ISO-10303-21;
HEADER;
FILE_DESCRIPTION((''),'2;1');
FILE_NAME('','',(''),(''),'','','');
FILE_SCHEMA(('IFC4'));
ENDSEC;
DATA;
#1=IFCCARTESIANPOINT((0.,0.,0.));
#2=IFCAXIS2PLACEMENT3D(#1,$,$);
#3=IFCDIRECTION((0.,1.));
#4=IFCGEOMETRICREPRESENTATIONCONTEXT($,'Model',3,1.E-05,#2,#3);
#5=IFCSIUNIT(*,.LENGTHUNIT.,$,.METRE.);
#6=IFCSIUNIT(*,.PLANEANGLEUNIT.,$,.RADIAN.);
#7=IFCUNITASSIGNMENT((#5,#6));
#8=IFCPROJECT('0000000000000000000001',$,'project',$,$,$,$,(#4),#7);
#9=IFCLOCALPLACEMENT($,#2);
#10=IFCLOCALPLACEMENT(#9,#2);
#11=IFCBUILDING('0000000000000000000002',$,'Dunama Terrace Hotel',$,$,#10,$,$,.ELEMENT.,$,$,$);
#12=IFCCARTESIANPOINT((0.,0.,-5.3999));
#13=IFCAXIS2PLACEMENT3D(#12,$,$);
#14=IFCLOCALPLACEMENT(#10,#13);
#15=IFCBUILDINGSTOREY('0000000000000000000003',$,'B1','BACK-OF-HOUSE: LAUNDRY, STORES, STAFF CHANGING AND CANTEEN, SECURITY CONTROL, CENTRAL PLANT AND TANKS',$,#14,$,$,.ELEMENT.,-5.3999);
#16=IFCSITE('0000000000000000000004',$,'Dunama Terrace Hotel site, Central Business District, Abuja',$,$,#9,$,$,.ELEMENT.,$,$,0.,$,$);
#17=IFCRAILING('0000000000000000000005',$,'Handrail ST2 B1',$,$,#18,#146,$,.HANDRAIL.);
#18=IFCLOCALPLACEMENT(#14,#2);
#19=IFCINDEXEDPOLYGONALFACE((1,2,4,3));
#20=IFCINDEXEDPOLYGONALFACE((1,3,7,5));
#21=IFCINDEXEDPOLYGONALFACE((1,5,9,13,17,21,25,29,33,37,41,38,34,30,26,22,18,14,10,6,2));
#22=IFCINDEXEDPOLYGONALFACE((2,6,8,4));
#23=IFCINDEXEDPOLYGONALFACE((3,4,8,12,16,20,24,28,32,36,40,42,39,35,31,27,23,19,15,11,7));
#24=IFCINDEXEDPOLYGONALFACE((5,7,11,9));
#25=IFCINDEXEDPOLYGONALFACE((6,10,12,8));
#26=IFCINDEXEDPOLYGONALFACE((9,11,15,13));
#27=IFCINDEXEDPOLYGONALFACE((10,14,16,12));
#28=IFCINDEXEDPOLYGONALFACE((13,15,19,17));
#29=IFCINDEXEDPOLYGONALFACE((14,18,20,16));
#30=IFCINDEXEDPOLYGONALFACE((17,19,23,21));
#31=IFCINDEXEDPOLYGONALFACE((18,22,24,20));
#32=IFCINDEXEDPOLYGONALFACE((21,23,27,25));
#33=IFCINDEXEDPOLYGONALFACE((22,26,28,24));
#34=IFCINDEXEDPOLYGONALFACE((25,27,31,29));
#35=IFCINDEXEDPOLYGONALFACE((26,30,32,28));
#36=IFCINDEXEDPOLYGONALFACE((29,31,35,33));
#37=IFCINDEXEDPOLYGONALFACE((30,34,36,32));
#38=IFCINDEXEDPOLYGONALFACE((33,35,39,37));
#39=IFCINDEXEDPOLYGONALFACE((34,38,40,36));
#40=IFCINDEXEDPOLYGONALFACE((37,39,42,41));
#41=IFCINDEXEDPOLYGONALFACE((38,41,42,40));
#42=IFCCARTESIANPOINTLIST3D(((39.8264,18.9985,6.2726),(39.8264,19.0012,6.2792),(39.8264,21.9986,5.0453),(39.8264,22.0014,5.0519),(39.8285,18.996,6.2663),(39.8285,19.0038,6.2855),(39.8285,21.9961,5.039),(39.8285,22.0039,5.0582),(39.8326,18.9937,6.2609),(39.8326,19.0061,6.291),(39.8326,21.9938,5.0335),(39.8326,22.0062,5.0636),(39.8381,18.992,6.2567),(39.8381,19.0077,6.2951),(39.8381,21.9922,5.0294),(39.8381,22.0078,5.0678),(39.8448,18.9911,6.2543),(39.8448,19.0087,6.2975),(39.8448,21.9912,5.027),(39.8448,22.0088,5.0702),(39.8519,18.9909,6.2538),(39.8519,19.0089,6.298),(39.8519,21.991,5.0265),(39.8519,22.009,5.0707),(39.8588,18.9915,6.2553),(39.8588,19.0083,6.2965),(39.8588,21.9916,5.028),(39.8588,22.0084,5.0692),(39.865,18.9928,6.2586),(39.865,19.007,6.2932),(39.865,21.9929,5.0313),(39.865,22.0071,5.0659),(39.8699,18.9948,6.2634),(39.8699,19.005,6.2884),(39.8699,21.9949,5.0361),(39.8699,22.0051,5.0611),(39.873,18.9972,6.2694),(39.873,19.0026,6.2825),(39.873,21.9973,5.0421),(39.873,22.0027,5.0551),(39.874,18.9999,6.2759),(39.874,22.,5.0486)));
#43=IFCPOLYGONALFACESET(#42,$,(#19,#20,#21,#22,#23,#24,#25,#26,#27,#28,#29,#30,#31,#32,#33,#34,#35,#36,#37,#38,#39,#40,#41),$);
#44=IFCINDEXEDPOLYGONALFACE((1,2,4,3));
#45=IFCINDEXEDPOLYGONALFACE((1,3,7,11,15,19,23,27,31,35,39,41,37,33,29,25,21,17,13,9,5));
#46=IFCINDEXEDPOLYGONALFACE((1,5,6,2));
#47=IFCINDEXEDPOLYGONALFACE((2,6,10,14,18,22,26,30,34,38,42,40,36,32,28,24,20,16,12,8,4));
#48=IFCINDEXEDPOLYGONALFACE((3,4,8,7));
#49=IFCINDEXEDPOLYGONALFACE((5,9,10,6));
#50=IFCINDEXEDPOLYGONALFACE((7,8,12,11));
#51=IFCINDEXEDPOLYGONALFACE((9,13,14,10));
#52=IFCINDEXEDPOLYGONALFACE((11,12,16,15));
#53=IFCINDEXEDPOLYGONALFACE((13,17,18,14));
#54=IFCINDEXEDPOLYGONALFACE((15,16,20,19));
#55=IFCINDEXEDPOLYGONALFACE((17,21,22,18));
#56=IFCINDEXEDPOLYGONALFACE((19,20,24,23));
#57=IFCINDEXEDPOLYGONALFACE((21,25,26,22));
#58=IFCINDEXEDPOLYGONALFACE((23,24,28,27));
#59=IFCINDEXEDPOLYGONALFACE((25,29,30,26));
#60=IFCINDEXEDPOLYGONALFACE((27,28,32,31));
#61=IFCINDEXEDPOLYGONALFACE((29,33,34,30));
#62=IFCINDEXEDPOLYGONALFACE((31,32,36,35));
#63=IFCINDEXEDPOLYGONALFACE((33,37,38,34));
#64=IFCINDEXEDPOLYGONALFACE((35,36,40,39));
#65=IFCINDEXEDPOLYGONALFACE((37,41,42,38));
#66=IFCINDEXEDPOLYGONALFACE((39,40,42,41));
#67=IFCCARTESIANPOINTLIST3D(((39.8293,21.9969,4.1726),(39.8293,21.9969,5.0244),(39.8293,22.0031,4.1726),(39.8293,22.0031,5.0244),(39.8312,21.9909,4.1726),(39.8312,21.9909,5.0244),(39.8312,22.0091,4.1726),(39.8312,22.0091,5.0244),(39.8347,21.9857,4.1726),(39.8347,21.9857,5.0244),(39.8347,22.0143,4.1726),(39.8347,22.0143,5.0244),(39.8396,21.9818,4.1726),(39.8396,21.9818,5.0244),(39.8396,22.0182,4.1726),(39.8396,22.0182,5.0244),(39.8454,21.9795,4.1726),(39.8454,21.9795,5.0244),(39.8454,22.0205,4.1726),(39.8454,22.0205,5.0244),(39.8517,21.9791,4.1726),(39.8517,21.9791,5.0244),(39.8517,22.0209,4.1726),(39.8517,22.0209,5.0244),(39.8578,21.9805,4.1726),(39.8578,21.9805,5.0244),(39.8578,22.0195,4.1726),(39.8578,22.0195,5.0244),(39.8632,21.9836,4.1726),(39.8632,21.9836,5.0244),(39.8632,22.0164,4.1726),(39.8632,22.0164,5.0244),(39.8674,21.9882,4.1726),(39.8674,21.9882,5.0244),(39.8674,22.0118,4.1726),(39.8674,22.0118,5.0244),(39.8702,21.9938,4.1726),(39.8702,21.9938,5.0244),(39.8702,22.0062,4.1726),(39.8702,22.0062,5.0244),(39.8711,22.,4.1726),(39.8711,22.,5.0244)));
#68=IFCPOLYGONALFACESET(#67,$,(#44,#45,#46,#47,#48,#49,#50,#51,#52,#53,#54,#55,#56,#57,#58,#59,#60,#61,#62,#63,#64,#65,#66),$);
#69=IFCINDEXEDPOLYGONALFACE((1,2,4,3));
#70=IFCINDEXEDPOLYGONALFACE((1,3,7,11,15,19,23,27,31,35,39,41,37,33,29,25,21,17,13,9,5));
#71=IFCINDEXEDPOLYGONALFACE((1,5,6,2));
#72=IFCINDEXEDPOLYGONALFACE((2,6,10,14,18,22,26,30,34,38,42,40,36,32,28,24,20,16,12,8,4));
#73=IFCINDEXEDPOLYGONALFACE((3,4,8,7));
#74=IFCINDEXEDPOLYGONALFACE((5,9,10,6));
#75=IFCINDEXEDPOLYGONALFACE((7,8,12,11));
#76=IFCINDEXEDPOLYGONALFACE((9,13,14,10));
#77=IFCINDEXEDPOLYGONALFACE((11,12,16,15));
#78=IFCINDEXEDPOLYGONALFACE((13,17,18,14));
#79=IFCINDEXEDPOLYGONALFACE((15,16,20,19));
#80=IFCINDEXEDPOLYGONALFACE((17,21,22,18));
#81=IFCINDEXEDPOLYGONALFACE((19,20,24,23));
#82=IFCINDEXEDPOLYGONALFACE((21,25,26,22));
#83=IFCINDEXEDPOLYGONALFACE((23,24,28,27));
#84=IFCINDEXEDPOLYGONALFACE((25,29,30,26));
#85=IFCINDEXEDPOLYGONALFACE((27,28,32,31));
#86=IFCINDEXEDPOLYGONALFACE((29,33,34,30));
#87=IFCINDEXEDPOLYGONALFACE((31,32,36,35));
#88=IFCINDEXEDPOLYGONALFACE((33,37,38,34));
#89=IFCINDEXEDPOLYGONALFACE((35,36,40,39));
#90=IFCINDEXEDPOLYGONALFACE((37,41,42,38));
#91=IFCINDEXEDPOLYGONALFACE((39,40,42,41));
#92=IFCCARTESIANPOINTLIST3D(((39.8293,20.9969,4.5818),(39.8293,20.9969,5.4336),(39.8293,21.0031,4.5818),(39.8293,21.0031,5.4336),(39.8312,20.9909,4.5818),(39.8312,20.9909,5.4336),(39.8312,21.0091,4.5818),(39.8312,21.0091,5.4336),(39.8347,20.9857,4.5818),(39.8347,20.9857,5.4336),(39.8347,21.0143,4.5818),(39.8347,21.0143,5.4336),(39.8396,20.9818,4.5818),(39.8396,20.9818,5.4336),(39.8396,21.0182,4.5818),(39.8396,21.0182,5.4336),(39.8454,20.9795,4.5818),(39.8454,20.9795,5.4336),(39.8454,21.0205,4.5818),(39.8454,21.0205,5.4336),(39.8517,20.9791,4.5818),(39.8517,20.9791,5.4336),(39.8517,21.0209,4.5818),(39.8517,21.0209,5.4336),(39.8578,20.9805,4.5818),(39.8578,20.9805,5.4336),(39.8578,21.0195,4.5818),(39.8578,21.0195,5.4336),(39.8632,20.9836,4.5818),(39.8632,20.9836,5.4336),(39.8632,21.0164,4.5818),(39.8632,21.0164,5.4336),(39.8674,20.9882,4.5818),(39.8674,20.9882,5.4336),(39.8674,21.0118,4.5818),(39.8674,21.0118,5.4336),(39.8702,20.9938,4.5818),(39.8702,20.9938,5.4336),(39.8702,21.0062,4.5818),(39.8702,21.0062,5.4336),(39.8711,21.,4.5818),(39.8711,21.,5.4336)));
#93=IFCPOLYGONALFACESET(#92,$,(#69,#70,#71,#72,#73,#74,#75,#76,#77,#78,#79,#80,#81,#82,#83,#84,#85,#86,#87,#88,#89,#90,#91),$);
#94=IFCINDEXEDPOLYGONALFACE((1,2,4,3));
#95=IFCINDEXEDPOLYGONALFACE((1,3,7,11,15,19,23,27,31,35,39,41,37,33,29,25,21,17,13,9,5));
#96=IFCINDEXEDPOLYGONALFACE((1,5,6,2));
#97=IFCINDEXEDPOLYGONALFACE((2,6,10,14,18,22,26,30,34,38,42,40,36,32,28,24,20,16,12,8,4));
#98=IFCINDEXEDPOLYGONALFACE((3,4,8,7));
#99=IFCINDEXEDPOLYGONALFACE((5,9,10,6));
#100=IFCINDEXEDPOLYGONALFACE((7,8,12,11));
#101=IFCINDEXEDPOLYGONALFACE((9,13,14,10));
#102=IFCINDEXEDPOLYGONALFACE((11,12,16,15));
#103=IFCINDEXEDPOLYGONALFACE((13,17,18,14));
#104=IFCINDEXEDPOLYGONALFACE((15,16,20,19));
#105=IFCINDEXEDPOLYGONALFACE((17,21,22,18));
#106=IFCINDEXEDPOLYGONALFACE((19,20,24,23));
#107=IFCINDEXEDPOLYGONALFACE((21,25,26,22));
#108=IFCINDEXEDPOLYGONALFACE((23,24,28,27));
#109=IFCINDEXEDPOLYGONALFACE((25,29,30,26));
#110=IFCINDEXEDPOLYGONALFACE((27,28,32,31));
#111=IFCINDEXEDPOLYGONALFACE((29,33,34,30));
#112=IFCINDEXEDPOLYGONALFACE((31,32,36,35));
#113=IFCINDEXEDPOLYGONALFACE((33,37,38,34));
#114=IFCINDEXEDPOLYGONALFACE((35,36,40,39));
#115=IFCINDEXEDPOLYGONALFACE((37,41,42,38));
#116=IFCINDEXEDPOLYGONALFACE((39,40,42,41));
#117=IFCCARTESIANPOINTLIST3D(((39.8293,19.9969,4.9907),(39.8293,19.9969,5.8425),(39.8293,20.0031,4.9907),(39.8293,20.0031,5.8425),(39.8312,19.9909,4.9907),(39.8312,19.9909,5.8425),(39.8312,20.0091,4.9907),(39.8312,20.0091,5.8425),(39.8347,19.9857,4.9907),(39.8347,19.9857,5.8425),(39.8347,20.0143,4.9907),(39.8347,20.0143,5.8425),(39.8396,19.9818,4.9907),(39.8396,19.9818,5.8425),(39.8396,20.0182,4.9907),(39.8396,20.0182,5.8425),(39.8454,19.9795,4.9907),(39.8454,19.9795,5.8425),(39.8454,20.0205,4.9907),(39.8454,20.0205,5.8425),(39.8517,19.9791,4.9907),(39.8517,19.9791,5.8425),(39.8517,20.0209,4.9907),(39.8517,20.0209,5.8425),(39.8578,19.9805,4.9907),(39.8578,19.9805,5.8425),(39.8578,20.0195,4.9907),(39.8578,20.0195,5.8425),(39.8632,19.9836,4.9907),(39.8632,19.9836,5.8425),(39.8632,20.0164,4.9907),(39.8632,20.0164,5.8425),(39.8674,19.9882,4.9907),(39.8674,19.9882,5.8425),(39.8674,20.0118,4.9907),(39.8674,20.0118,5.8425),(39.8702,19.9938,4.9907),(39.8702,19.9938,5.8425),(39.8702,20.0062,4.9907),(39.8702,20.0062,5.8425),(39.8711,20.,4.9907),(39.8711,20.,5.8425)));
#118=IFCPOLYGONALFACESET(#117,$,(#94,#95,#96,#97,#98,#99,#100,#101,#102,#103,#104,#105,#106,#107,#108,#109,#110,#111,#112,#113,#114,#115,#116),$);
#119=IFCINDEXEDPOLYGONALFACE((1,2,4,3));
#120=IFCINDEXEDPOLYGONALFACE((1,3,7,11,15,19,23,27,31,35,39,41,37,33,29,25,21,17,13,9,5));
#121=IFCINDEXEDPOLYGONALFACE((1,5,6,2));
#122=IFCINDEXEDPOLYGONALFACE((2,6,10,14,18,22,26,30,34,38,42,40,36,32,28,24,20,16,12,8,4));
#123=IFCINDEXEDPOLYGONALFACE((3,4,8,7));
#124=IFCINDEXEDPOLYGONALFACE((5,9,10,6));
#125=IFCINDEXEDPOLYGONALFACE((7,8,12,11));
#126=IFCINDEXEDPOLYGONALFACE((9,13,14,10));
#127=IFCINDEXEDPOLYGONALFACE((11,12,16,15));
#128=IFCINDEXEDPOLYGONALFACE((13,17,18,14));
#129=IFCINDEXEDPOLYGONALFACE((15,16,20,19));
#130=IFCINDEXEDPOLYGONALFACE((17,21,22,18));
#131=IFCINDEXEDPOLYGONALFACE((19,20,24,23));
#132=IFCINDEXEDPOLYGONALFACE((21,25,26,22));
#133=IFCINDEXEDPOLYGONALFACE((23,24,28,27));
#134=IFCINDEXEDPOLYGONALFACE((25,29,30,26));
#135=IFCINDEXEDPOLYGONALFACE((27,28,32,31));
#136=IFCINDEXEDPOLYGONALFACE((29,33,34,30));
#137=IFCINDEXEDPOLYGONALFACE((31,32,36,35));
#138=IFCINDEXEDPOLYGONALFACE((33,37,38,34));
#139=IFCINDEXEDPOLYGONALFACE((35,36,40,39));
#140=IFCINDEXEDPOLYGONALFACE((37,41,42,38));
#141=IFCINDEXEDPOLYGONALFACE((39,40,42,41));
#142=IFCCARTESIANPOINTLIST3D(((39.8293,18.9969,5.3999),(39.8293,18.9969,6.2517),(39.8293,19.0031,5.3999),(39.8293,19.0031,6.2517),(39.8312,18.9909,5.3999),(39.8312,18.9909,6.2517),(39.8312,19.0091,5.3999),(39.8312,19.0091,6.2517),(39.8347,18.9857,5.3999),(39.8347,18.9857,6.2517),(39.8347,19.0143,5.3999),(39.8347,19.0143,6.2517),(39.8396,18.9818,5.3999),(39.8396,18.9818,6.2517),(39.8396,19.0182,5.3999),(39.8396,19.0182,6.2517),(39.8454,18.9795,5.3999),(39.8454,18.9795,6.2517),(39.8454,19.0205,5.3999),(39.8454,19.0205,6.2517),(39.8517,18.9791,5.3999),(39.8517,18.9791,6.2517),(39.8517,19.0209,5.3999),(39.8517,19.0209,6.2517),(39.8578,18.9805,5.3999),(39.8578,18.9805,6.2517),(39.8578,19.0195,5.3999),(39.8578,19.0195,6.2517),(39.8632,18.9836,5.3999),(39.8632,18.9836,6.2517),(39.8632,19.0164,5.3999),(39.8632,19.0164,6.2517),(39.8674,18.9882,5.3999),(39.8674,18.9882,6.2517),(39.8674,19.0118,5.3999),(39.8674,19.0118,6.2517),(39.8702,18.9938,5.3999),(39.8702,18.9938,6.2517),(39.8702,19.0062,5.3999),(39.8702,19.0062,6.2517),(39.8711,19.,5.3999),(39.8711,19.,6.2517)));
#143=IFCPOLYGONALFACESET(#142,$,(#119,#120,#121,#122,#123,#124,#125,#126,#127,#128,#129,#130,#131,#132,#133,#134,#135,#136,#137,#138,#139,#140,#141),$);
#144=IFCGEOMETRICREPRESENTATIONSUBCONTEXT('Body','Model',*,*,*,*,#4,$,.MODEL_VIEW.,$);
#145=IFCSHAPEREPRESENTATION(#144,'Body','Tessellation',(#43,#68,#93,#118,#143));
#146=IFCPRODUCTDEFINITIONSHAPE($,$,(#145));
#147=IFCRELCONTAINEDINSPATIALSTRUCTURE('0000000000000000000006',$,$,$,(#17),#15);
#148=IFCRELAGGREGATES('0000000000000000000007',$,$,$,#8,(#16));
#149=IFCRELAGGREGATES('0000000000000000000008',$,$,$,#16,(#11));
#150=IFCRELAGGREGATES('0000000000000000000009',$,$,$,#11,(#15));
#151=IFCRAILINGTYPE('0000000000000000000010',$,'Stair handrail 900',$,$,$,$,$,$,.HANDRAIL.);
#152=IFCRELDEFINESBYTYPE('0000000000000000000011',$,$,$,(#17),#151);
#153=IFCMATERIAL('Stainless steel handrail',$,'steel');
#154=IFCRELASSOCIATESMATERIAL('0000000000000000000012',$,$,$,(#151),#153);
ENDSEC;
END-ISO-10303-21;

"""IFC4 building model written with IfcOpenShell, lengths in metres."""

from ifc_helpers import new_model, si_unit, direction, frame, origin, origin_2d, place, context, subcontext, project, spatial, circle, extrude, material, type_object, element, save


model = new_model("IFC4")

# Units and contexts
model_context = context("Model", 3, precision=1e-05, world=origin(), true_north=direction((0.0, 1.0)))
body_context = subcontext(model_context, "Body", "Model", "MODEL_VIEW")
ifc_project = project(units=[si_unit("LENGTHUNIT", "METRE"), si_unit("PLANEANGLEUNIT", "RADIAN")], contexts=[model_context])

# Site, building, storey
site_placement = place(None, origin())
site = spatial("IfcSite", under=ifc_project, at=site_placement, Name="Dunama Terrace Hotel site, Central Business District, Abuja", CompositionType="ELEMENT", RefElevation=0.0)
building_placement = place(site_placement, origin())
building = spatial("IfcBuilding", under=site, at=building_placement, Name="Dunama Terrace Hotel", CompositionType="ELEMENT")
storey_placement = place(building_placement, frame((0.0, 0.0, -5.3999)))
storey = spatial("IfcBuildingStorey", under=building, at=storey_placement, Name="B1", Description="BACK-OF-HOUSE: LAUNDRY, STORES, STAFF CHANGING AND CANTEEN, SECURITY CONTROL, CENTRAL PLANT AND TANKS", CompositionType="ELEMENT", Elevation=-5.3999)

# Railing
ifc_material_1 = material(Name="Stainless steel handrail", Category="steel")
railing_type = type_object("IfcRailingType", Name="Stair handrail 900", PredefinedType="HANDRAIL", material=ifc_material_1)
railing_1_placement = place(storey_placement, frame((39.8501, 22.0, 4.1726)))
element("IfcRailing", 1, at=railing_1_placement, inside=storey, type_object=railing_type, Name="Handrail ST2 B1", PredefinedType="HANDRAIL", context=body_context, shape_type="SweptSolid", body=[
    extrude(circle(Radius=0.0239, at=origin_2d()), frame((0.0, 0.0, 0.876), z_axis=(0.0, -0.925545, 0.378639), x_axis=(1.0, 0.0, 0.0)), (0.0, 0.0, 1.0), 3.2415),
    extrude(circle(Radius=0.021, at=origin_2d()), origin(), (0.0, 0.0, 1.0), 0.8518),
    extrude(circle(Radius=0.021, at=origin_2d()), frame((0.0, -1.0, 0.4092)), (0.0, 0.0, 1.0), 0.8518),
    extrude(circle(Radius=0.021, at=origin_2d()), frame((0.0, -2.0, 0.8181)), (0.0, 0.0, 1.0), 0.8518),
    extrude(circle(Radius=0.021, at=origin_2d()), frame((0.0, -3.0, 1.2273)), (0.0, 0.0, 1.0), 0.8518),
])

save(model, "model.ifc")
